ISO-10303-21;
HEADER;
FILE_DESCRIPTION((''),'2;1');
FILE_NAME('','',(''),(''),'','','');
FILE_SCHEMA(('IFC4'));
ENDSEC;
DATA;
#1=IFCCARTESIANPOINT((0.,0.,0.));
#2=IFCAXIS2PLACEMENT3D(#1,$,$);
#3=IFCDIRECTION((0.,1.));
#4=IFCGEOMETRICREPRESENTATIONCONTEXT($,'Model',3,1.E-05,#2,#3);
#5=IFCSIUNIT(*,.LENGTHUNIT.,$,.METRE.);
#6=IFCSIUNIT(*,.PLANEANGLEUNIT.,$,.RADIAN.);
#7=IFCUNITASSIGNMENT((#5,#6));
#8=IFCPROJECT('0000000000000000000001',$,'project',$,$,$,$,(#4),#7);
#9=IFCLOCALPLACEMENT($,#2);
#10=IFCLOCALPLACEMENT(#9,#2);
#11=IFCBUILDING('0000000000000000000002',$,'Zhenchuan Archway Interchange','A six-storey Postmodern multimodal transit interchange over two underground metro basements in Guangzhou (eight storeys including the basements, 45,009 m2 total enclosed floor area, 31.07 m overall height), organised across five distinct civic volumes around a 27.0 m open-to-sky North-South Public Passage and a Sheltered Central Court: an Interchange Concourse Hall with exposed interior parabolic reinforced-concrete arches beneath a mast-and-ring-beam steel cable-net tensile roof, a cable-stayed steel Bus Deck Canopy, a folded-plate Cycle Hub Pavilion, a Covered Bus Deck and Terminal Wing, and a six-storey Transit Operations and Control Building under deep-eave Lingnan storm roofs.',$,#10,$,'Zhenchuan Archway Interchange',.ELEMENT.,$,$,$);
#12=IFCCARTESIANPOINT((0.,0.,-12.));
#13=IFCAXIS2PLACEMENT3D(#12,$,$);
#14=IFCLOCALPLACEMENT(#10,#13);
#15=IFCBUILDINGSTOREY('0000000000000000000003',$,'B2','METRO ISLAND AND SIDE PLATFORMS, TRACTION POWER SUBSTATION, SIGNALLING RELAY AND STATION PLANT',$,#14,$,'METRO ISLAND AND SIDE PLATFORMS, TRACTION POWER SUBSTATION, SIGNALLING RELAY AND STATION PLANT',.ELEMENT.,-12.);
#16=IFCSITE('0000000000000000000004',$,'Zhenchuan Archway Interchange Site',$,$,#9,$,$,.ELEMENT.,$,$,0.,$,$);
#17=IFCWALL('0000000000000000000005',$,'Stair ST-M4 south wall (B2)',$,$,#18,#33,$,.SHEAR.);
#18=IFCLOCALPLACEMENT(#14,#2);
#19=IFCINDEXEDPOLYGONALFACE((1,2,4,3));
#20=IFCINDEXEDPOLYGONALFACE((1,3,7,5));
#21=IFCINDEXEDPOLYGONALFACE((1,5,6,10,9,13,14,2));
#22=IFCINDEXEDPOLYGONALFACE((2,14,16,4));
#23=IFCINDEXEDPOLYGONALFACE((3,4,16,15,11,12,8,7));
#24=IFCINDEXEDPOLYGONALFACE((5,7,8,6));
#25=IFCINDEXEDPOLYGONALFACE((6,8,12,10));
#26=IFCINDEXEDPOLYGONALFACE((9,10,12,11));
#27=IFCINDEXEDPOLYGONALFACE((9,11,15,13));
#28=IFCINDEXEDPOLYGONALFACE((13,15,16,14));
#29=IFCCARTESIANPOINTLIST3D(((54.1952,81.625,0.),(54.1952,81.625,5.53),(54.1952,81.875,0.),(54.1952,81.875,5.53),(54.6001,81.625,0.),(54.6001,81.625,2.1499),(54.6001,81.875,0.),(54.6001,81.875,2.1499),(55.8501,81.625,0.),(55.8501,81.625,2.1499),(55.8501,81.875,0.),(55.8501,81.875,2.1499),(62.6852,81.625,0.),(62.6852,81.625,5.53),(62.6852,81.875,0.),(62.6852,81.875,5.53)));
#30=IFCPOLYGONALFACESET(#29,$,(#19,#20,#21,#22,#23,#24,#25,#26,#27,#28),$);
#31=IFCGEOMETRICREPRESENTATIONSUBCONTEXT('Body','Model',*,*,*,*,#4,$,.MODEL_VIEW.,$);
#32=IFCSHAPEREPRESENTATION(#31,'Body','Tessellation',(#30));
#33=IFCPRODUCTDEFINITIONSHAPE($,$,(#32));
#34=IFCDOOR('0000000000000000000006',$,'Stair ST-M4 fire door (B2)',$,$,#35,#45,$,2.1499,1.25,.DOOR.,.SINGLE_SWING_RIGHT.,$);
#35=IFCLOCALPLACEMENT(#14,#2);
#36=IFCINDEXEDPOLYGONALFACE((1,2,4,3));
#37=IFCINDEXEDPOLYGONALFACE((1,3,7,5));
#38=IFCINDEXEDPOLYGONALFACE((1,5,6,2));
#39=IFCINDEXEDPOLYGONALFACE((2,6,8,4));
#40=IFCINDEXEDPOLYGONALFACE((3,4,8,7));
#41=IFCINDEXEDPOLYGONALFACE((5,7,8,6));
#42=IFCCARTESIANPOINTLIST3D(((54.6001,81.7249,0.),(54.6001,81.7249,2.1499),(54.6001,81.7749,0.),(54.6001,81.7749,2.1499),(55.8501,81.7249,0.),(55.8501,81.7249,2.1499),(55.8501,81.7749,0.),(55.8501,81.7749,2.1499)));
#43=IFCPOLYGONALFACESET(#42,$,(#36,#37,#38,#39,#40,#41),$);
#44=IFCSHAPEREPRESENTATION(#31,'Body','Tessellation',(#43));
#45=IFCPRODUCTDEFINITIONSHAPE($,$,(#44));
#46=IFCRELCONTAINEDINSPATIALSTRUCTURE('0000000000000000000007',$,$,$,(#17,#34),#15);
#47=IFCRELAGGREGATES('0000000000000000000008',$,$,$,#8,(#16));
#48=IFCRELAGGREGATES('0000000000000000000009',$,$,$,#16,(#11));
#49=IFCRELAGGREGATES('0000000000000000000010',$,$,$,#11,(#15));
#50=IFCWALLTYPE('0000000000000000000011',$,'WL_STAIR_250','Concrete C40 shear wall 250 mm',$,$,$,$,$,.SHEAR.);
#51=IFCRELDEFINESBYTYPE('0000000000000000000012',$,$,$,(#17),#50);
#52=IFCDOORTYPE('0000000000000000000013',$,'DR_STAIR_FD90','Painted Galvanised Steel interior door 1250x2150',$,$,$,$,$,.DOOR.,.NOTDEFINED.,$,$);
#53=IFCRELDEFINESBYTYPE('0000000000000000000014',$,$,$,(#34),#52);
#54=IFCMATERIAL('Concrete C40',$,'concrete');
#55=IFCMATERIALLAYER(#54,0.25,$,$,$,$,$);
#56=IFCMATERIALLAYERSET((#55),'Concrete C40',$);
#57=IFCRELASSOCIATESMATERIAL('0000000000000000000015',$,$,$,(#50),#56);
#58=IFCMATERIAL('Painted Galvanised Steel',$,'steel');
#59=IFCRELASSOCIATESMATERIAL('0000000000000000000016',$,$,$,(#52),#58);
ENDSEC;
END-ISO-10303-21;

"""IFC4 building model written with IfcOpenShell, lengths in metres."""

from ifc_helpers import new_model, si_unit, direction, frame, frame_2d, origin, place, context, subcontext, project, spatial, rectangle, extrude, material, layer, layer_set, type_object, element, fill, save


model = new_model("IFC4")

# Units and contexts
model_context = context("Model", 3, precision=1e-05, world=origin(), true_north=direction((0.0, 1.0)))
body_context = subcontext(model_context, "Body", "Model", "MODEL_VIEW")
ifc_project = project(units=[si_unit("LENGTHUNIT", "METRE"), si_unit("PLANEANGLEUNIT", "RADIAN")], contexts=[model_context])

# Site, building, storey
site_placement = place(None, origin())
site = spatial("IfcSite", under=ifc_project, at=site_placement, Name="Zhenchuan Archway Interchange Site", CompositionType="ELEMENT", RefElevation=0.0)
building_placement = place(site_placement, origin())
building = spatial("IfcBuilding", under=site, at=building_placement, Name="Zhenchuan Archway Interchange", Description="A six-storey Postmodern multimodal transit interchange over two underground metro basements in Guangzhou (eight storeys including the basements, 45,009 m2 total enclosed floor area, 31.07 m overall height), organised across five distinct civic volumes around a 27.0 m open-to-sky North-South Public Passage and a Sheltered Central Court: an Interchange Concourse Hall with exposed interior parabolic reinforced-concrete arches beneath a mast-and-ring-beam steel cable-net tensile roof, a cable-stayed steel Bus Deck Canopy, a folded-plate Cycle Hub Pavilion, a Covered Bus Deck and Terminal Wing, and a six-storey Transit Operations and Control Building under deep-eave Lingnan storm roofs.", LongName="Zhenchuan Archway Interchange", CompositionType="ELEMENT")
storey_placement = place(building_placement, frame((0.0, 0.0, -12.0)))
storey = spatial("IfcBuildingStorey", under=building, at=storey_placement, Name="B2", Description="METRO ISLAND AND SIDE PLATFORMS, TRACTION POWER SUBSTATION, SIGNALLING RELAY AND STATION PLANT", LongName="METRO ISLAND AND SIDE PLATFORMS, TRACTION POWER SUBSTATION, SIGNALLING RELAY AND STATION PLANT", CompositionType="ELEMENT", Elevation=-12.0)

# Shared definitions
ifc_material_1 = material(Name="Concrete C40", Category="concrete")

# Shared definitions
ifc_material_2 = material(Name="Painted Galvanised Steel", Category="steel")

# Shared definitions
ifc_layer_1 = layer(ifc_material_1, 0.25)
ifc_layer_set_1 = layer_set([ifc_layer_1], Name="Concrete C40")
wall_type_1 = type_object("IfcWallType", Name="WL_STAIR_250", Description="Concrete C40 shear wall 250 mm", PredefinedType="SHEAR", material=ifc_layer_set_1)

# Wall, opening, door
wall_1_placement = place(storey_placement, frame((54.1951, 81.75, 0.0), z_axis=(0.0, 0.0, 1.0), x_axis=(1.0, 0.0, 0.0)))
wall_1 = element("IfcWall", 1, at=wall_1_placement, inside=storey, type_object=wall_type_1, Name="Stair ST-M4 south wall (B2)", PredefinedType="SHEAR", context=body_context, shape_type="SweptSolid", body=[
    extrude(rectangle(XDim=8.49, YDim=0.25, at=frame_2d((4.2451, 0.0))), origin(), (0.0, 0.0, 1.0), 5.53),
])
opening_1_placement = place(wall_1_placement, frame((0.405, 0.0, 0.0)))
opening_1 = element("IfcOpeningElement", 2, at=opening_1_placement, cuts=wall_1, PredefinedType="OPENING", context=body_context, shape_type="SweptSolid", body=[
    extrude(rectangle(XDim=1.25, YDim=2.1499, at=frame_2d((0.625, 1.075))), frame((0.0, 0.137, 0.0), z_axis=(0.0, -1.0, 0.0), x_axis=(1.0, 0.0, 0.0)), (0.0, 0.0, 1.0), 0.2739),
])
door_type_1 = type_object("IfcDoorType", Name="DR_STAIR_FD90", Description="Painted Galvanised Steel interior door 1250x2150", OperationType="NOTDEFINED", PredefinedType="DOOR", material=ifc_material_2)
door_1_placement = place(opening_1_placement, origin())
door_1 = element("IfcDoor", 3, at=door_1_placement, inside=storey, type_object=door_type_1, Name="Stair ST-M4 fire door (B2)", OperationType="SINGLE_SWING_RIGHT", OverallHeight=2.1499, OverallWidth=1.25, PredefinedType="DOOR", context=body_context, shape_type="SweptSolid", body=[
    extrude(rectangle(XDim=1.25, YDim=2.1499, at=frame_2d((0.625, 1.075))), frame((0.0, 0.0249, 0.0), z_axis=(0.0, -1.0, 0.0), x_axis=(1.0, 0.0, 0.0)), (0.0, 0.0, 1.0), 0.05),
])
fill(opening_1, door_1)

save(model, "model.ifc")
